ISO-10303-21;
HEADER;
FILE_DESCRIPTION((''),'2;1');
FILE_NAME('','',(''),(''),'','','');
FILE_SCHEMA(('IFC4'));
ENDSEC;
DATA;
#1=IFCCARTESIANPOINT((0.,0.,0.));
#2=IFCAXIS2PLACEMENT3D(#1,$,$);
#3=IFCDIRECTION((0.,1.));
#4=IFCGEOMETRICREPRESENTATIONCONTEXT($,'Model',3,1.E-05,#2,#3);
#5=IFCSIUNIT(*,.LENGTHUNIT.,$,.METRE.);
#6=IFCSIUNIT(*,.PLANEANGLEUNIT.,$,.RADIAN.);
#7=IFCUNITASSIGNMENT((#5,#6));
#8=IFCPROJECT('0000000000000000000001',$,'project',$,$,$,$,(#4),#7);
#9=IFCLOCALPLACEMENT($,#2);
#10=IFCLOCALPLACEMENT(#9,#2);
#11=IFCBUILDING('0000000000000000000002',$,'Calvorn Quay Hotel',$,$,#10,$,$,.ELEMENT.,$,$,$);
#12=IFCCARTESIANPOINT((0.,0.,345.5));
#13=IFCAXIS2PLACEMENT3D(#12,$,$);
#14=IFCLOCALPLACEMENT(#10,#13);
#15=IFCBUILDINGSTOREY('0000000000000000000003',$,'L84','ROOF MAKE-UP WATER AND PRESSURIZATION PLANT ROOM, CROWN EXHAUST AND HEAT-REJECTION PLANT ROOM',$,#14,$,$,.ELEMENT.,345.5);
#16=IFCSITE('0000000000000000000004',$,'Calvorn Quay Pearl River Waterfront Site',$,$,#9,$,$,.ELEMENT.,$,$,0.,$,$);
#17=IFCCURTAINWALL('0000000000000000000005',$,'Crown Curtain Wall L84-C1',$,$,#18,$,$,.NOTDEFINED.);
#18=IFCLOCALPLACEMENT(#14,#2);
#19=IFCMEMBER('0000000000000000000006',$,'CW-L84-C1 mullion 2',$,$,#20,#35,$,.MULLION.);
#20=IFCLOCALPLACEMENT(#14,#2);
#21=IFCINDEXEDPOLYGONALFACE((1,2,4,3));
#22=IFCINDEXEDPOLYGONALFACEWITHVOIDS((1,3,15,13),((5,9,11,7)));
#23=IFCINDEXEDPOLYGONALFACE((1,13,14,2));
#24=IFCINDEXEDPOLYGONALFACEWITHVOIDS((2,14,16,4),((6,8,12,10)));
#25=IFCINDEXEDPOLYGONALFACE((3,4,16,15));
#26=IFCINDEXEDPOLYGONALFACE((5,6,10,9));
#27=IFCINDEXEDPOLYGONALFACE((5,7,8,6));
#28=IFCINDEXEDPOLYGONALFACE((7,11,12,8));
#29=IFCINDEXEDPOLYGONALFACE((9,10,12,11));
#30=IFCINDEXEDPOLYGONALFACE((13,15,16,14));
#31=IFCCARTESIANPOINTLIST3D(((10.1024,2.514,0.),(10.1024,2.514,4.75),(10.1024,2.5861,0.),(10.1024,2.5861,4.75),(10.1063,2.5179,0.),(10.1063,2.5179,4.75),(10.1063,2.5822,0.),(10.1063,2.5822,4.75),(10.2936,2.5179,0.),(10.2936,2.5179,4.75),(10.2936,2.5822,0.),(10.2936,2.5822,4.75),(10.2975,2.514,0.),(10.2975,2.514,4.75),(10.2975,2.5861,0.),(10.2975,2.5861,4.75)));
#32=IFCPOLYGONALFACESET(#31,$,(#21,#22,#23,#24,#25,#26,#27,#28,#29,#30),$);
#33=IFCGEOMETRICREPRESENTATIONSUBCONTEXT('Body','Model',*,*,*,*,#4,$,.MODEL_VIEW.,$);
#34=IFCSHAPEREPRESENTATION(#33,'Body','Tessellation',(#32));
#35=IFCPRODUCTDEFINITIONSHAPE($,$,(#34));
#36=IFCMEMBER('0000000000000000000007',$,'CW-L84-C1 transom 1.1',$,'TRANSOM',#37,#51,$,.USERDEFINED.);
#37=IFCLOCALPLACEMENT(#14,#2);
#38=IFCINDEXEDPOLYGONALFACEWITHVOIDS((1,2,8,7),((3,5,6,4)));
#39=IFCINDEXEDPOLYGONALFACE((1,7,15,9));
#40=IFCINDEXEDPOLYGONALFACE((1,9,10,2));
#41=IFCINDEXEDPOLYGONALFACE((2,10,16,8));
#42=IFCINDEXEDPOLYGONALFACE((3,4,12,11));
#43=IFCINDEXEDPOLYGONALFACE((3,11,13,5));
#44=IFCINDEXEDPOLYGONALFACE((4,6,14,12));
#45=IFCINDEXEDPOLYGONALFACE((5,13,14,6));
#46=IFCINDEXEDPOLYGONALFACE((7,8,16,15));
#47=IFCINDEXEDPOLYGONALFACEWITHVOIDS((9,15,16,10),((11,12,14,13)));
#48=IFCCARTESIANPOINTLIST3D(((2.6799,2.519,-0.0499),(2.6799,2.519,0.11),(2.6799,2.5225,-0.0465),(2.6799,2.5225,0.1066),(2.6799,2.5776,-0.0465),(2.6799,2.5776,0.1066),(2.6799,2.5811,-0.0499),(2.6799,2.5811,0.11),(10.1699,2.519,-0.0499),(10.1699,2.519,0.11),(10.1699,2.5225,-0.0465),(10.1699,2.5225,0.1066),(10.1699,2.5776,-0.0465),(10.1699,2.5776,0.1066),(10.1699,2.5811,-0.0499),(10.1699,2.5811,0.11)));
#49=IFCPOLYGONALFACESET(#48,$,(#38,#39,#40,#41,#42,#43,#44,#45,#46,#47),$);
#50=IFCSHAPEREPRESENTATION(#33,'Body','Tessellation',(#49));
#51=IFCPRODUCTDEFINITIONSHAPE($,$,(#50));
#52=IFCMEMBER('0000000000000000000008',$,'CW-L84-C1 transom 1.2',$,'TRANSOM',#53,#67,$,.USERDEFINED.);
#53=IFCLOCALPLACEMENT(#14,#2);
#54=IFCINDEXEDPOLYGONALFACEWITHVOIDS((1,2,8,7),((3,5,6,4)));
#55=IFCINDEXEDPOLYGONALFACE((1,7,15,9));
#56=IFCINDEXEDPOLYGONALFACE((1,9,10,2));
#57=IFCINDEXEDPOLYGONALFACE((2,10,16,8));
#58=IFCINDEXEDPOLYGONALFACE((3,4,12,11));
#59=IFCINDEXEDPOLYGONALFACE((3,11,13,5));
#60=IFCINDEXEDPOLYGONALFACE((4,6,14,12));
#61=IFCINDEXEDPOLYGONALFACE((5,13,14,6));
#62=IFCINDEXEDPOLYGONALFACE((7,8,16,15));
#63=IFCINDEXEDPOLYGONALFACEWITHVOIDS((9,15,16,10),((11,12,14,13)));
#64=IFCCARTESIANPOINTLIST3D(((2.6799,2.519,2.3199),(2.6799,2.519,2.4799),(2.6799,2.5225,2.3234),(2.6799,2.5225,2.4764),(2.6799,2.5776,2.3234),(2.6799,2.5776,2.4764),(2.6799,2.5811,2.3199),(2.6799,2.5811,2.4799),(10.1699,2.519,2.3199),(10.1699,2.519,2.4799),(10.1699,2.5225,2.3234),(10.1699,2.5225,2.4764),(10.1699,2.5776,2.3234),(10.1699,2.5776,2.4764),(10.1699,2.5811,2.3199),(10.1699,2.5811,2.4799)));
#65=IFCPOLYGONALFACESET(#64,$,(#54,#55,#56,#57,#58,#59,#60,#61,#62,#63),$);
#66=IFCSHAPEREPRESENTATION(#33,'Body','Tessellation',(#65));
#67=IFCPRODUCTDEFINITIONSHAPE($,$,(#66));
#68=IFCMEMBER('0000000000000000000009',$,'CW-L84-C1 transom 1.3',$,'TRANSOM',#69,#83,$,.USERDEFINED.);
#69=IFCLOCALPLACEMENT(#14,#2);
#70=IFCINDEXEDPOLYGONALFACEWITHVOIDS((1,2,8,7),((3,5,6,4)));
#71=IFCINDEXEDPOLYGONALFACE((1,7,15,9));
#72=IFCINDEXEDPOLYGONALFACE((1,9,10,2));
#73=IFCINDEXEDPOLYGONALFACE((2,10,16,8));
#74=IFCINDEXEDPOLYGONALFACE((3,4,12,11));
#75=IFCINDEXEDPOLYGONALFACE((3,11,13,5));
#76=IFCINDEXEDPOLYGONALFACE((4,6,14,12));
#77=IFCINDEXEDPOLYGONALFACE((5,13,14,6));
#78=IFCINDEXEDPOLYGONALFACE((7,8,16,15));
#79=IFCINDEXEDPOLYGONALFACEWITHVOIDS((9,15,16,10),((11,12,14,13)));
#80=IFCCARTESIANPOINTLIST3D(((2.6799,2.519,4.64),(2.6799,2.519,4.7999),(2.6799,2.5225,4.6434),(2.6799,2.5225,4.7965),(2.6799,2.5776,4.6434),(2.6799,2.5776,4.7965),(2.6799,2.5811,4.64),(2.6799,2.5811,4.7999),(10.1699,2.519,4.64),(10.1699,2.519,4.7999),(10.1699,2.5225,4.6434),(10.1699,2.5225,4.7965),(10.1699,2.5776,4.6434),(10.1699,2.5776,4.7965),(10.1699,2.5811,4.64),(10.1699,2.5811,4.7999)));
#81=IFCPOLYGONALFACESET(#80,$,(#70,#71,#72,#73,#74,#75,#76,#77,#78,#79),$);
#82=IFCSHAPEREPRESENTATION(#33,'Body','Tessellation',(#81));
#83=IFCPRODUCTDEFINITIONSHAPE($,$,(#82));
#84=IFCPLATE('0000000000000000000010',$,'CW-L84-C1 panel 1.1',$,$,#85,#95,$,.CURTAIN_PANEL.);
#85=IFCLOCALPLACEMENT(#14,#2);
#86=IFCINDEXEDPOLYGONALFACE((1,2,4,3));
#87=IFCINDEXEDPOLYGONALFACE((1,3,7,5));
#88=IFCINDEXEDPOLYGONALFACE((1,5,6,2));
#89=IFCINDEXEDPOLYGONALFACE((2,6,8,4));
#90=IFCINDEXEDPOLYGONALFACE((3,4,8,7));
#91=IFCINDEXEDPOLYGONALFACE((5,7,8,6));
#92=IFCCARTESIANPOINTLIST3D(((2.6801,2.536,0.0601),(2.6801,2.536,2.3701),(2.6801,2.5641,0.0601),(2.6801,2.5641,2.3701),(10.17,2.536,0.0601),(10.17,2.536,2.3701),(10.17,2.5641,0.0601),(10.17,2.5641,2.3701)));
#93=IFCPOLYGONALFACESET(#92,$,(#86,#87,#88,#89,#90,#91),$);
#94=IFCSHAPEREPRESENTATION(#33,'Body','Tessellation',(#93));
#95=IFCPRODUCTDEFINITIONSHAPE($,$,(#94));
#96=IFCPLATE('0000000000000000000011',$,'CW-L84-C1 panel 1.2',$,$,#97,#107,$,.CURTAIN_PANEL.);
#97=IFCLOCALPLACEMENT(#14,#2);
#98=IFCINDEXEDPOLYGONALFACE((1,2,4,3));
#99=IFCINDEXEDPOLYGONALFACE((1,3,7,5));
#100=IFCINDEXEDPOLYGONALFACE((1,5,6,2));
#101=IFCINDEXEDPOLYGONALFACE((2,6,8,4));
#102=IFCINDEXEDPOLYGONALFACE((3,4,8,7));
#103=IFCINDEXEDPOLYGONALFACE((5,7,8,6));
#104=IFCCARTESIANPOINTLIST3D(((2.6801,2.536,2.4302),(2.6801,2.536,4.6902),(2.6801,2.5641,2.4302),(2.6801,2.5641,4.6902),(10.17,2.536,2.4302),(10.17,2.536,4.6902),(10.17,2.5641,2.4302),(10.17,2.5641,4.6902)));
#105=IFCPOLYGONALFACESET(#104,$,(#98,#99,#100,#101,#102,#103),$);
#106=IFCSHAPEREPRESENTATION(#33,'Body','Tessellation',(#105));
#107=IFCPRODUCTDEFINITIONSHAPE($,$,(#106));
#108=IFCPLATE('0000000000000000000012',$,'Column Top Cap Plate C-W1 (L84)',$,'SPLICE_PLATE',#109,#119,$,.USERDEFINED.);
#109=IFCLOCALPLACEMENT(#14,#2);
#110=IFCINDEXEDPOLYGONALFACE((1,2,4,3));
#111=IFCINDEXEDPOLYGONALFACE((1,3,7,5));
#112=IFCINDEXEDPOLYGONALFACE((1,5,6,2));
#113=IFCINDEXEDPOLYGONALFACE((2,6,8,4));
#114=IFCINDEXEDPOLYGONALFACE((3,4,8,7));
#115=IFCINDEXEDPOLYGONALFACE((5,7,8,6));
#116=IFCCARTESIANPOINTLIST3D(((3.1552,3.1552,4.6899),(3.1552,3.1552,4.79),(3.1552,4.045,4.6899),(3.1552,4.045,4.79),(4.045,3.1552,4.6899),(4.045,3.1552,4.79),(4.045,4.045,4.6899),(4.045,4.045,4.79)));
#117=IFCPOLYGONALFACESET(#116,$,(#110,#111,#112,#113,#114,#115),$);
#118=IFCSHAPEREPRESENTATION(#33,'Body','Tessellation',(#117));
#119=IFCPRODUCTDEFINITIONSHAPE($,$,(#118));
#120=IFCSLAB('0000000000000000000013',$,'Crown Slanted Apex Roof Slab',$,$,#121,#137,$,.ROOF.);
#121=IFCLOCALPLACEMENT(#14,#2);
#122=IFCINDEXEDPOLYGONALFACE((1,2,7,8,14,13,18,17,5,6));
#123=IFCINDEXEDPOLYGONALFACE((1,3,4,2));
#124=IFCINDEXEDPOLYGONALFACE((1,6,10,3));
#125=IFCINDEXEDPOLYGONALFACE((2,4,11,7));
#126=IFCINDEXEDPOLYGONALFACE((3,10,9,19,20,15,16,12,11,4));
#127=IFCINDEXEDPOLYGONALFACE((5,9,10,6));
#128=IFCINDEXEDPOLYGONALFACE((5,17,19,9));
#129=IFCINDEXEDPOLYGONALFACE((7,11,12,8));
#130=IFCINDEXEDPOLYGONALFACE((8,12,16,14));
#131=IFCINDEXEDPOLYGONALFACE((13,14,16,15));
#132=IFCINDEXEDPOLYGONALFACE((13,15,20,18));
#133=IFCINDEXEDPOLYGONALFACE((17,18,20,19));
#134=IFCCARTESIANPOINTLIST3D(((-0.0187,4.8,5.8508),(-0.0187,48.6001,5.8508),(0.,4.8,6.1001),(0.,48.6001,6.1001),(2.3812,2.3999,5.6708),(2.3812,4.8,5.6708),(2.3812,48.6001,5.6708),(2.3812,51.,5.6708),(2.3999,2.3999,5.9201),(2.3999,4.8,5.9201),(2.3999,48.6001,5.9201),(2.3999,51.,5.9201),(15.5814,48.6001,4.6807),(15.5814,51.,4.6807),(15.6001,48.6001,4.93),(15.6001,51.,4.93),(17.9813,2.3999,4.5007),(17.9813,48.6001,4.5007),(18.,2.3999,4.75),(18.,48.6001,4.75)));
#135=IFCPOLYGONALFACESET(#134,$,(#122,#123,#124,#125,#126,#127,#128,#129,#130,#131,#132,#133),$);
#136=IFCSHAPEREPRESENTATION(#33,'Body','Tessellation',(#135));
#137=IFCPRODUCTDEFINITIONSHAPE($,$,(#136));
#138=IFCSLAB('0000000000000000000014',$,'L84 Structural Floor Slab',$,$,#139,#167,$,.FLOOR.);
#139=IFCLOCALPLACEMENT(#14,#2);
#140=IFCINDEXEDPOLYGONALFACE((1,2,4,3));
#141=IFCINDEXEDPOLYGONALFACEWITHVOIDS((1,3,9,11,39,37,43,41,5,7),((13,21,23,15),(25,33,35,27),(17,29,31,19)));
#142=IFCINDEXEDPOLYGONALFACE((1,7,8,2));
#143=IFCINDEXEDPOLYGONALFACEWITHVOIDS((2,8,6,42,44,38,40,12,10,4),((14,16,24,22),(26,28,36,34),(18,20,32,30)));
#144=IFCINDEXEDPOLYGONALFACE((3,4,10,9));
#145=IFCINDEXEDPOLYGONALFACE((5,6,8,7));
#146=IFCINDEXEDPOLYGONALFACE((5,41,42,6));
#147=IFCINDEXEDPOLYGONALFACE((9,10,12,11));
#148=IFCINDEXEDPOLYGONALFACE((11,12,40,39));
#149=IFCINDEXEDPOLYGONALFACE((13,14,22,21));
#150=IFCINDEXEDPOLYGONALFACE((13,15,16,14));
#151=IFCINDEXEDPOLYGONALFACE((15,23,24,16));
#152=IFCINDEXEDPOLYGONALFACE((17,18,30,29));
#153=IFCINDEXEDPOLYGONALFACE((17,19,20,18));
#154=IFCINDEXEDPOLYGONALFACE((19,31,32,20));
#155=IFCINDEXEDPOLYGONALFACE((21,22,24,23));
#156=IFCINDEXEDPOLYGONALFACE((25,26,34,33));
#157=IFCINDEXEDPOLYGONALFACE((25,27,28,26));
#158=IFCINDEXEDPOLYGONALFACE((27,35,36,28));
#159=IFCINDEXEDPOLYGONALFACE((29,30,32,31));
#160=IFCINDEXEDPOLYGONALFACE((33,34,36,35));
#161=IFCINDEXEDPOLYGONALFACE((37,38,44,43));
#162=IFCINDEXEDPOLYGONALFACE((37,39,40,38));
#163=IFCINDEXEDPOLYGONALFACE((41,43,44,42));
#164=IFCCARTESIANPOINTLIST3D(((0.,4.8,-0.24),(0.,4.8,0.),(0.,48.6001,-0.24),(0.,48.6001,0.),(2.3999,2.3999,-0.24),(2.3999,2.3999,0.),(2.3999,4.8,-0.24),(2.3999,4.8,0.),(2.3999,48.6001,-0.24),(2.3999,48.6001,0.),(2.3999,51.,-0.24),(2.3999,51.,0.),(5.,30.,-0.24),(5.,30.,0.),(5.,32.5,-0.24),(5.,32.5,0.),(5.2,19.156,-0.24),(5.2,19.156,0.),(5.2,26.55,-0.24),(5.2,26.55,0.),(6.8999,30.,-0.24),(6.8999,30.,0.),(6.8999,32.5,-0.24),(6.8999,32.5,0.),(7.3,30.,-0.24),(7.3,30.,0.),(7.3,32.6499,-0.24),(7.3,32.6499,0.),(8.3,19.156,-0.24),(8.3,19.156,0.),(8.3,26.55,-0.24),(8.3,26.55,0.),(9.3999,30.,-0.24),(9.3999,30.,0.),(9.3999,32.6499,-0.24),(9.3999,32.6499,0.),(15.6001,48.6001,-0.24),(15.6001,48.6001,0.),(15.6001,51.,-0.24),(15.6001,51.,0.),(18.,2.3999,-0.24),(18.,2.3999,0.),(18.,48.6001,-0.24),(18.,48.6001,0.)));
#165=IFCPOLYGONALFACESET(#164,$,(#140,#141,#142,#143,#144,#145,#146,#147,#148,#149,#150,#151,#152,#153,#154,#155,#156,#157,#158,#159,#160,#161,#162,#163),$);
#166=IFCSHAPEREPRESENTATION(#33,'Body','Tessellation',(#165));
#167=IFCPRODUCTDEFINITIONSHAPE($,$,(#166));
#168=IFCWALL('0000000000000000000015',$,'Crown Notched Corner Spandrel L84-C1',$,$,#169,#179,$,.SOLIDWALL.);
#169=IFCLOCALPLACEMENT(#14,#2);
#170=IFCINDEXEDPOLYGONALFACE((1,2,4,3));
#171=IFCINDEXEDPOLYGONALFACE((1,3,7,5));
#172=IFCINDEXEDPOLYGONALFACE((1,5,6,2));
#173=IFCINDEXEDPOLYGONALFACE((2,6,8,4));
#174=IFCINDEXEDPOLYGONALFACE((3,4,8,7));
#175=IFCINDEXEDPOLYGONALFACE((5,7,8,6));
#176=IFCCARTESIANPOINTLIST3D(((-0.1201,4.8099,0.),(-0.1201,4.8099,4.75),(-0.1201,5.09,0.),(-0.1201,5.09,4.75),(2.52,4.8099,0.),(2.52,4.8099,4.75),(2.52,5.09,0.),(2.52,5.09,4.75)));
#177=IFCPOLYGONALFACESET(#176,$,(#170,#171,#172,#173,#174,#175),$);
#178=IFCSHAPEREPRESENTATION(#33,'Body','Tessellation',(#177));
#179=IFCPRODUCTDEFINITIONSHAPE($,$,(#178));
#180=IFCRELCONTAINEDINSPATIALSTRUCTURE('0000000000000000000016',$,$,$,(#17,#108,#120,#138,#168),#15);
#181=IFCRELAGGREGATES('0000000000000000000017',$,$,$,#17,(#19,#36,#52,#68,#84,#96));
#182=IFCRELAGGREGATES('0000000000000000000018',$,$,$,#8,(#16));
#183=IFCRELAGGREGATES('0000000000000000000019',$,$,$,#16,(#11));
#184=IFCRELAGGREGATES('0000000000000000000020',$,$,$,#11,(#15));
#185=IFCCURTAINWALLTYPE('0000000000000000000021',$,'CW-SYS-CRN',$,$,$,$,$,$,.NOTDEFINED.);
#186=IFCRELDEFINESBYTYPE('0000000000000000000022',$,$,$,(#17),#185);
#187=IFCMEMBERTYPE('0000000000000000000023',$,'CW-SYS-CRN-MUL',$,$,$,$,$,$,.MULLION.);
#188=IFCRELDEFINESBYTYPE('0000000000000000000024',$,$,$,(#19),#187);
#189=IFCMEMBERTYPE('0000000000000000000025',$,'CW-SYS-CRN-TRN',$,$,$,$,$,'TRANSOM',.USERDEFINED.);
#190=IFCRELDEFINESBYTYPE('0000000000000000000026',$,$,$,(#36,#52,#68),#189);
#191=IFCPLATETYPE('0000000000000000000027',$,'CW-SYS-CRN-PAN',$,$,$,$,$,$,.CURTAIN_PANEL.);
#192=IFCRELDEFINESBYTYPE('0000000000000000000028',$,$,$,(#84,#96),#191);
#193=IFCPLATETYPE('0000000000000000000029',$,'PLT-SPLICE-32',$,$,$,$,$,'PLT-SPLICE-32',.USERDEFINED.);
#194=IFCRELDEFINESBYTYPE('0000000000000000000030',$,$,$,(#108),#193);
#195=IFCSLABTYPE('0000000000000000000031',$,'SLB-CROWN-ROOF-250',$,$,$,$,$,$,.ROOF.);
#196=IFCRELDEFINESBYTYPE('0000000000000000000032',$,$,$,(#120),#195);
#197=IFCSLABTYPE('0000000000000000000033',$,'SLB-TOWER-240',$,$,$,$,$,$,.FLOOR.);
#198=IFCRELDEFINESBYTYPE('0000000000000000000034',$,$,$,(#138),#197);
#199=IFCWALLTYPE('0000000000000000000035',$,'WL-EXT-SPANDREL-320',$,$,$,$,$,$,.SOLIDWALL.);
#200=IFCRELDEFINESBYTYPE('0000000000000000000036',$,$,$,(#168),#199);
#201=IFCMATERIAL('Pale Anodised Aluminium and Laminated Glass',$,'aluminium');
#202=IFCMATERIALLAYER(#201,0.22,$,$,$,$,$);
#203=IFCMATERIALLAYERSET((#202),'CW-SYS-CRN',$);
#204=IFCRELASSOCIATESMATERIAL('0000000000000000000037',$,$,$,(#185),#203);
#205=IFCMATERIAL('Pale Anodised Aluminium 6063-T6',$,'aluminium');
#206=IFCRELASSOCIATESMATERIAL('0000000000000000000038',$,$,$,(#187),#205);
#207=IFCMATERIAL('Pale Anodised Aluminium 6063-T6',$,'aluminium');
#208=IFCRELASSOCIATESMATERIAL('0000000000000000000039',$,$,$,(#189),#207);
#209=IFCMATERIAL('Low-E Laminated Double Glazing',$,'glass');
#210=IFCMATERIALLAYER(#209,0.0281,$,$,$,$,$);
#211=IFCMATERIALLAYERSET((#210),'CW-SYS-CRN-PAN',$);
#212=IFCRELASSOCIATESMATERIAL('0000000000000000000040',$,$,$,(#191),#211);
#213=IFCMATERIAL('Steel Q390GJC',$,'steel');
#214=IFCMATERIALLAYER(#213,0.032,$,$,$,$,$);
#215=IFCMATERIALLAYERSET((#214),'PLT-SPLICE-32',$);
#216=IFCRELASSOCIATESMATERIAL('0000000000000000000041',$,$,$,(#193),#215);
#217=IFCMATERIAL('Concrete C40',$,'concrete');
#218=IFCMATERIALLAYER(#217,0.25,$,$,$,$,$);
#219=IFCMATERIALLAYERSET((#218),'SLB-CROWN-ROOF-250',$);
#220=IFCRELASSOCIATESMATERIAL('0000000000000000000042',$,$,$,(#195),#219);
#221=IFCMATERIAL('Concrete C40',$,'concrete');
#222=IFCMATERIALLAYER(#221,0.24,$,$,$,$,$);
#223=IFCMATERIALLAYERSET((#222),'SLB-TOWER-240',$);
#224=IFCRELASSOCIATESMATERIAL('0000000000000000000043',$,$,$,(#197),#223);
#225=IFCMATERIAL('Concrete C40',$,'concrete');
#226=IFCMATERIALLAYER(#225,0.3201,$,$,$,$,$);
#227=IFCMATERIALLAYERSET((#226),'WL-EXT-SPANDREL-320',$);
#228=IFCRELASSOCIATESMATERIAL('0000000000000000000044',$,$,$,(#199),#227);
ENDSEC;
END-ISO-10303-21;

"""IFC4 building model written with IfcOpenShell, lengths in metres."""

from ifc_helpers import new_model, si_unit, direction, frame, frame_2d, origin, origin_2d, place, context, subcontext, project, spatial, polyline, rectangle, hollow_rectangle, outline, extrude, material, layer, layer_set, material_profile, profile_set, type_object, element, aggregate, save


model = new_model("IFC4")

# Units and contexts
model_context = context("Model", 3, precision=1e-05, world=origin(), true_north=direction((0.0, 1.0)))
body_context = subcontext(model_context, "Body", "Model", "MODEL_VIEW")
ifc_project = project(units=[si_unit("LENGTHUNIT", "METRE"), si_unit("PLANEANGLEUNIT", "RADIAN")], contexts=[model_context])

# Site, building, storey
site_placement = place(None, origin())
site = spatial("IfcSite", under=ifc_project, at=site_placement, Name="Calvorn Quay Pearl River Waterfront Site", CompositionType="ELEMENT", RefElevation=0.0)
building_placement = place(site_placement, origin())
building = spatial("IfcBuilding", under=site, at=building_placement, Name="Calvorn Quay Hotel", CompositionType="ELEMENT")
storey_placement = place(building_placement, frame((0.0, 0.0, 345.5)))
storey = spatial("IfcBuildingStorey", under=building, at=storey_placement, Name="L84", Description="ROOF MAKE-UP WATER AND PRESSURIZATION PLANT ROOM, CROWN EXHAUST AND HEAT-REJECTION PLANT ROOM", CompositionType="ELEMENT", Elevation=345.5)

# Curtain wall, members, plates
ifc_material_1 = material(Name="Pale Anodised Aluminium and Laminated Glass", Category="aluminium")
ifc_layer_1 = layer(ifc_material_1, 0.22)
ifc_layer_set_1 = layer_set([ifc_layer_1], Name="CW-SYS-CRN")
curtain_wall_type = type_object("IfcCurtainWallType", Name="CW-SYS-CRN", PredefinedType="NOTDEFINED", material=ifc_layer_set_1)
curtain_wall_placement = place(storey_placement, origin())
curtain_wall = element("IfcCurtainWall", 1, at=curtain_wall_placement, inside=storey, type_object=curtain_wall_type, Name="Crown Curtain Wall L84-C1", PredefinedType="NOTDEFINED")
ifc_material_2 = material(Name="Pale Anodised Aluminium 6063-T6", Category="aluminium")
ifc_material_profile_1 = material_profile(ifc_material_2, hollow_rectangle(XDim=0.072, YDim=0.1951, WallThickness=0.0039, at=origin_2d()), Name="ALU-M195x72x4")
ifc_profile_set_1 = profile_set([ifc_material_profile_1], Name="Pale Anodised Aluminium 6063-T6")
member_type_1 = type_object("IfcMemberType", Name="CW-SYS-CRN-MUL", PredefinedType="MULLION", material=ifc_profile_set_1)
member_1_placement = place(storey_placement, frame((10.2, 2.55, 0.0), z_axis=(0.0, 0.0, 1.0), x_axis=(0.0, 1.0, 0.0)))
member_1 = element("IfcMember", 2, at=member_1_placement, type_object=member_type_1, Name="CW-L84-C1 mullion 2", PredefinedType="MULLION", context=body_context, shape_type="SweptSolid", body=[
    extrude(hollow_rectangle(XDim=0.072, YDim=0.1951, WallThickness=0.0039, at=origin_2d()), origin(), (0.0, 0.0, 1.0), 4.75),
])
ifc_material_3 = material(Name="Pale Anodised Aluminium 6063-T6", Category="aluminium")
ifc_material_profile_2 = material_profile(ifc_material_3, hollow_rectangle(XDim=0.062, YDim=0.1599, WallThickness=0.0034, at=origin_2d()), Name="ALU-T160x62x3.5")
ifc_profile_set_2 = profile_set([ifc_material_profile_2], Name="Pale Anodised Aluminium 6063-T6")
member_type_2 = type_object("IfcMemberType", Name="CW-SYS-CRN-TRN", ElementType="TRANSOM", PredefinedType="USERDEFINED", material=ifc_profile_set_2)
member_2_placement = place(storey_placement, frame((2.6799, 2.55, 0.03), z_axis=(1.0, 0.0, 0.0), x_axis=(0.0, 1.0, 0.0)))
member_2 = element("IfcMember", 3, at=member_2_placement, type_object=member_type_2, Name="CW-L84-C1 transom 1.1", ObjectType="TRANSOM", PredefinedType="USERDEFINED", context=body_context, shape_type="SweptSolid", body=[
    extrude(hollow_rectangle(XDim=0.062, YDim=0.1599, WallThickness=0.0034, at=origin_2d()), origin(), (0.0, 0.0, 1.0), 7.49),
])
member_3_placement = place(storey_placement, frame((2.6799, 2.55, 2.3999), z_axis=(1.0, 0.0, 0.0), x_axis=(0.0, 1.0, 0.0)))
member_3 = element("IfcMember", 4, at=member_3_placement, type_object=member_type_2, Name="CW-L84-C1 transom 1.2", ObjectType="TRANSOM", PredefinedType="USERDEFINED", context=body_context, shape_type="SweptSolid", body=[
    extrude(hollow_rectangle(XDim=0.062, YDim=0.1599, WallThickness=0.0034, at=origin_2d()), origin(), (0.0, 0.0, 1.0), 7.49),
])
member_4_placement = place(storey_placement, frame((2.6799, 2.55, 4.72), z_axis=(1.0, 0.0, 0.0), x_axis=(0.0, 1.0, 0.0)))
member_4 = element("IfcMember", 5, at=member_4_placement, type_object=member_type_2, Name="CW-L84-C1 transom 1.3", ObjectType="TRANSOM", PredefinedType="USERDEFINED", context=body_context, shape_type="SweptSolid", body=[
    extrude(hollow_rectangle(XDim=0.062, YDim=0.1599, WallThickness=0.0034, at=origin_2d()), origin(), (0.0, 0.0, 1.0), 7.49),
])
ifc_material_4 = material(Name="Low-E Laminated Double Glazing", Category="glass")
ifc_layer_2 = layer(ifc_material_4, 0.0281)
ifc_layer_set_2 = layer_set([ifc_layer_2], Name="CW-SYS-CRN-PAN")
plate_type_1 = type_object("IfcPlateType", Name="CW-SYS-CRN-PAN", PredefinedType="CURTAIN_PANEL", material=ifc_layer_set_2)
plate_1_placement = place(storey_placement, frame((6.425, 2.55, 0.0601), z_axis=(0.0, 0.0, 1.0), x_axis=(1.0, 0.0, 0.0)))
plate_1 = element("IfcPlate", 6, at=plate_1_placement, type_object=plate_type_1, Name="CW-L84-C1 panel 1.1", PredefinedType="CURTAIN_PANEL", context=body_context, shape_type="SweptSolid", body=[
    extrude(rectangle(XDim=7.49, YDim=0.0281, at=origin_2d()), origin(), (0.0, 0.0, 1.0), 2.3101),
])
plate_2_placement = place(storey_placement, frame((6.425, 2.55, 2.4302), z_axis=(0.0, 0.0, 1.0), x_axis=(1.0, 0.0, 0.0)))
plate_2 = element("IfcPlate", 7, at=plate_2_placement, type_object=plate_type_1, Name="CW-L84-C1 panel 1.2", PredefinedType="CURTAIN_PANEL", context=body_context, shape_type="SweptSolid", body=[
    extrude(rectangle(XDim=7.49, YDim=0.0281, at=origin_2d()), origin(), (0.0, 0.0, 1.0), 2.26),
])
aggregate(curtain_wall, [member_1, member_2, member_3, member_4, plate_1, plate_2])

# Plate
ifc_material_5 = material(Name="Steel Q390GJC", Category="steel")
ifc_layer_3 = layer(ifc_material_5, 0.032)
ifc_layer_set_3 = layer_set([ifc_layer_3], Name="PLT-SPLICE-32")
plate_type_2 = type_object("IfcPlateType", Name="PLT-SPLICE-32", ElementType="PLT-SPLICE-32", PredefinedType="USERDEFINED", material=ifc_layer_set_3)
plate_3_placement = place(storey_placement, frame((3.6001, 3.6001, 4.6899), z_axis=(0.0, 0.0, 1.0), x_axis=(1.0, 0.0, 0.0)))
element("IfcPlate", 8, at=plate_3_placement, inside=storey, type_object=plate_type_2, Name="Column Top Cap Plate C-W1 (L84)", ObjectType="SPLICE_PLATE", PredefinedType="USERDEFINED", context=body_context, shape_type="SweptSolid", body=[
    extrude(rectangle(XDim=0.8899, YDim=0.8899, at=origin_2d()), origin(), (0.0, 0.0, 1.0), 0.1001),
])

# Slabs
ifc_material_6 = material(Name="Concrete C40", Category="concrete")
ifc_layer_4 = layer(ifc_material_6, 0.25)
ifc_layer_set_4 = layer_set([ifc_layer_4], Name="SLB-CROWN-ROOF-250")
slab_type_1 = type_object("IfcSlabType", Name="SLB-CROWN-ROOF-250", PredefinedType="ROOF", material=ifc_layer_set_4)
slab_1_placement = place(storey_placement, frame((0.0, 4.8, 6.1001), z_axis=(0.074795, 0.0, 0.997199), x_axis=(0.997199, 0.0, -0.074795)))
element("IfcSlab", 9, at=slab_1_placement, inside=storey, type_object=slab_type_1, Name="Crown Slanted Apex Roof Slab", PredefinedType="ROOF", context=body_context, shape_type="SweptSolid", body=[
    extrude(outline(polyline([(0.0, 0.0), (2.4067, 0.0), (2.4067, -2.4001), (18.0506, -2.4001), (18.0506, 43.8), (15.6439, 43.8), (15.6439, 46.2), (2.4067, 46.2), (2.4067, 43.8), (0.0, 43.8), (0.0, 0.0)])), origin(), (0.0, 0.0, -1.0), 0.25),
])
ifc_material_7 = material(Name="Concrete C40", Category="concrete")
ifc_layer_5 = layer(ifc_material_7, 0.24)
ifc_layer_set_5 = layer_set([ifc_layer_5], Name="SLB-TOWER-240")
slab_type_2 = type_object("IfcSlabType", Name="SLB-TOWER-240", PredefinedType="FLOOR", material=ifc_layer_set_5)
slab_2_placement = place(storey_placement, frame((0.0, 0.0, -0.24)))
element("IfcSlab", 10, at=slab_2_placement, inside=storey, type_object=slab_type_2, Name="L84 Structural Floor Slab", PredefinedType="FLOOR", context=body_context, shape_type="SweptSolid", body=[
    extrude(outline(polyline([(0.0, 4.8), (2.3999, 4.8), (2.3999, 2.3999), (18.0, 2.3999), (18.0, 48.6001), (15.6001, 48.6001), (15.6001, 51.0), (2.3999, 51.0), (2.3999, 48.6001), (0.0, 48.6001), (0.0, 4.8)]), holes=[polyline([(5.2, 19.156), (8.3, 19.156), (8.3, 26.55), (5.2, 26.55), (5.2, 19.156)]), polyline([(5.0, 30.0), (6.8999, 30.0), (6.8999, 32.5), (5.0, 32.5), (5.0, 30.0)]), polyline([(7.3, 30.0), (9.3999, 30.0), (9.3999, 32.6499), (7.3, 32.6499), (7.3, 30.0)])]), origin(), (0.0, 0.0, 1.0), 0.24),
])

# Wall
ifc_material_8 = material(Name="Concrete C40", Category="concrete")
ifc_layer_6 = layer(ifc_material_8, 0.3201)
ifc_layer_set_6 = layer_set([ifc_layer_6], Name="WL-EXT-SPANDREL-320")
wall_type_1 = type_object("IfcWallType", Name="WL-EXT-SPANDREL-320", PredefinedType="SOLIDWALL", material=ifc_layer_set_6)
wall_1_placement = place(storey_placement, frame((-0.1201, 4.95, 0.0), z_axis=(0.0, 0.0, 1.0), x_axis=(1.0, 0.0, 0.0)))
element("IfcWall", 11, at=wall_1_placement, inside=storey, type_object=wall_type_1, Name="Crown Notched Corner Spandrel L84-C1", PredefinedType="SOLIDWALL", context=body_context, shape_type="SweptSolid", body=[
    extrude(rectangle(XDim=2.6401, YDim=0.28, at=frame_2d((1.3201, 0.0))), origin(), (0.0, 0.0, 1.0), 4.75),
])

save(model, "model.ifc")
